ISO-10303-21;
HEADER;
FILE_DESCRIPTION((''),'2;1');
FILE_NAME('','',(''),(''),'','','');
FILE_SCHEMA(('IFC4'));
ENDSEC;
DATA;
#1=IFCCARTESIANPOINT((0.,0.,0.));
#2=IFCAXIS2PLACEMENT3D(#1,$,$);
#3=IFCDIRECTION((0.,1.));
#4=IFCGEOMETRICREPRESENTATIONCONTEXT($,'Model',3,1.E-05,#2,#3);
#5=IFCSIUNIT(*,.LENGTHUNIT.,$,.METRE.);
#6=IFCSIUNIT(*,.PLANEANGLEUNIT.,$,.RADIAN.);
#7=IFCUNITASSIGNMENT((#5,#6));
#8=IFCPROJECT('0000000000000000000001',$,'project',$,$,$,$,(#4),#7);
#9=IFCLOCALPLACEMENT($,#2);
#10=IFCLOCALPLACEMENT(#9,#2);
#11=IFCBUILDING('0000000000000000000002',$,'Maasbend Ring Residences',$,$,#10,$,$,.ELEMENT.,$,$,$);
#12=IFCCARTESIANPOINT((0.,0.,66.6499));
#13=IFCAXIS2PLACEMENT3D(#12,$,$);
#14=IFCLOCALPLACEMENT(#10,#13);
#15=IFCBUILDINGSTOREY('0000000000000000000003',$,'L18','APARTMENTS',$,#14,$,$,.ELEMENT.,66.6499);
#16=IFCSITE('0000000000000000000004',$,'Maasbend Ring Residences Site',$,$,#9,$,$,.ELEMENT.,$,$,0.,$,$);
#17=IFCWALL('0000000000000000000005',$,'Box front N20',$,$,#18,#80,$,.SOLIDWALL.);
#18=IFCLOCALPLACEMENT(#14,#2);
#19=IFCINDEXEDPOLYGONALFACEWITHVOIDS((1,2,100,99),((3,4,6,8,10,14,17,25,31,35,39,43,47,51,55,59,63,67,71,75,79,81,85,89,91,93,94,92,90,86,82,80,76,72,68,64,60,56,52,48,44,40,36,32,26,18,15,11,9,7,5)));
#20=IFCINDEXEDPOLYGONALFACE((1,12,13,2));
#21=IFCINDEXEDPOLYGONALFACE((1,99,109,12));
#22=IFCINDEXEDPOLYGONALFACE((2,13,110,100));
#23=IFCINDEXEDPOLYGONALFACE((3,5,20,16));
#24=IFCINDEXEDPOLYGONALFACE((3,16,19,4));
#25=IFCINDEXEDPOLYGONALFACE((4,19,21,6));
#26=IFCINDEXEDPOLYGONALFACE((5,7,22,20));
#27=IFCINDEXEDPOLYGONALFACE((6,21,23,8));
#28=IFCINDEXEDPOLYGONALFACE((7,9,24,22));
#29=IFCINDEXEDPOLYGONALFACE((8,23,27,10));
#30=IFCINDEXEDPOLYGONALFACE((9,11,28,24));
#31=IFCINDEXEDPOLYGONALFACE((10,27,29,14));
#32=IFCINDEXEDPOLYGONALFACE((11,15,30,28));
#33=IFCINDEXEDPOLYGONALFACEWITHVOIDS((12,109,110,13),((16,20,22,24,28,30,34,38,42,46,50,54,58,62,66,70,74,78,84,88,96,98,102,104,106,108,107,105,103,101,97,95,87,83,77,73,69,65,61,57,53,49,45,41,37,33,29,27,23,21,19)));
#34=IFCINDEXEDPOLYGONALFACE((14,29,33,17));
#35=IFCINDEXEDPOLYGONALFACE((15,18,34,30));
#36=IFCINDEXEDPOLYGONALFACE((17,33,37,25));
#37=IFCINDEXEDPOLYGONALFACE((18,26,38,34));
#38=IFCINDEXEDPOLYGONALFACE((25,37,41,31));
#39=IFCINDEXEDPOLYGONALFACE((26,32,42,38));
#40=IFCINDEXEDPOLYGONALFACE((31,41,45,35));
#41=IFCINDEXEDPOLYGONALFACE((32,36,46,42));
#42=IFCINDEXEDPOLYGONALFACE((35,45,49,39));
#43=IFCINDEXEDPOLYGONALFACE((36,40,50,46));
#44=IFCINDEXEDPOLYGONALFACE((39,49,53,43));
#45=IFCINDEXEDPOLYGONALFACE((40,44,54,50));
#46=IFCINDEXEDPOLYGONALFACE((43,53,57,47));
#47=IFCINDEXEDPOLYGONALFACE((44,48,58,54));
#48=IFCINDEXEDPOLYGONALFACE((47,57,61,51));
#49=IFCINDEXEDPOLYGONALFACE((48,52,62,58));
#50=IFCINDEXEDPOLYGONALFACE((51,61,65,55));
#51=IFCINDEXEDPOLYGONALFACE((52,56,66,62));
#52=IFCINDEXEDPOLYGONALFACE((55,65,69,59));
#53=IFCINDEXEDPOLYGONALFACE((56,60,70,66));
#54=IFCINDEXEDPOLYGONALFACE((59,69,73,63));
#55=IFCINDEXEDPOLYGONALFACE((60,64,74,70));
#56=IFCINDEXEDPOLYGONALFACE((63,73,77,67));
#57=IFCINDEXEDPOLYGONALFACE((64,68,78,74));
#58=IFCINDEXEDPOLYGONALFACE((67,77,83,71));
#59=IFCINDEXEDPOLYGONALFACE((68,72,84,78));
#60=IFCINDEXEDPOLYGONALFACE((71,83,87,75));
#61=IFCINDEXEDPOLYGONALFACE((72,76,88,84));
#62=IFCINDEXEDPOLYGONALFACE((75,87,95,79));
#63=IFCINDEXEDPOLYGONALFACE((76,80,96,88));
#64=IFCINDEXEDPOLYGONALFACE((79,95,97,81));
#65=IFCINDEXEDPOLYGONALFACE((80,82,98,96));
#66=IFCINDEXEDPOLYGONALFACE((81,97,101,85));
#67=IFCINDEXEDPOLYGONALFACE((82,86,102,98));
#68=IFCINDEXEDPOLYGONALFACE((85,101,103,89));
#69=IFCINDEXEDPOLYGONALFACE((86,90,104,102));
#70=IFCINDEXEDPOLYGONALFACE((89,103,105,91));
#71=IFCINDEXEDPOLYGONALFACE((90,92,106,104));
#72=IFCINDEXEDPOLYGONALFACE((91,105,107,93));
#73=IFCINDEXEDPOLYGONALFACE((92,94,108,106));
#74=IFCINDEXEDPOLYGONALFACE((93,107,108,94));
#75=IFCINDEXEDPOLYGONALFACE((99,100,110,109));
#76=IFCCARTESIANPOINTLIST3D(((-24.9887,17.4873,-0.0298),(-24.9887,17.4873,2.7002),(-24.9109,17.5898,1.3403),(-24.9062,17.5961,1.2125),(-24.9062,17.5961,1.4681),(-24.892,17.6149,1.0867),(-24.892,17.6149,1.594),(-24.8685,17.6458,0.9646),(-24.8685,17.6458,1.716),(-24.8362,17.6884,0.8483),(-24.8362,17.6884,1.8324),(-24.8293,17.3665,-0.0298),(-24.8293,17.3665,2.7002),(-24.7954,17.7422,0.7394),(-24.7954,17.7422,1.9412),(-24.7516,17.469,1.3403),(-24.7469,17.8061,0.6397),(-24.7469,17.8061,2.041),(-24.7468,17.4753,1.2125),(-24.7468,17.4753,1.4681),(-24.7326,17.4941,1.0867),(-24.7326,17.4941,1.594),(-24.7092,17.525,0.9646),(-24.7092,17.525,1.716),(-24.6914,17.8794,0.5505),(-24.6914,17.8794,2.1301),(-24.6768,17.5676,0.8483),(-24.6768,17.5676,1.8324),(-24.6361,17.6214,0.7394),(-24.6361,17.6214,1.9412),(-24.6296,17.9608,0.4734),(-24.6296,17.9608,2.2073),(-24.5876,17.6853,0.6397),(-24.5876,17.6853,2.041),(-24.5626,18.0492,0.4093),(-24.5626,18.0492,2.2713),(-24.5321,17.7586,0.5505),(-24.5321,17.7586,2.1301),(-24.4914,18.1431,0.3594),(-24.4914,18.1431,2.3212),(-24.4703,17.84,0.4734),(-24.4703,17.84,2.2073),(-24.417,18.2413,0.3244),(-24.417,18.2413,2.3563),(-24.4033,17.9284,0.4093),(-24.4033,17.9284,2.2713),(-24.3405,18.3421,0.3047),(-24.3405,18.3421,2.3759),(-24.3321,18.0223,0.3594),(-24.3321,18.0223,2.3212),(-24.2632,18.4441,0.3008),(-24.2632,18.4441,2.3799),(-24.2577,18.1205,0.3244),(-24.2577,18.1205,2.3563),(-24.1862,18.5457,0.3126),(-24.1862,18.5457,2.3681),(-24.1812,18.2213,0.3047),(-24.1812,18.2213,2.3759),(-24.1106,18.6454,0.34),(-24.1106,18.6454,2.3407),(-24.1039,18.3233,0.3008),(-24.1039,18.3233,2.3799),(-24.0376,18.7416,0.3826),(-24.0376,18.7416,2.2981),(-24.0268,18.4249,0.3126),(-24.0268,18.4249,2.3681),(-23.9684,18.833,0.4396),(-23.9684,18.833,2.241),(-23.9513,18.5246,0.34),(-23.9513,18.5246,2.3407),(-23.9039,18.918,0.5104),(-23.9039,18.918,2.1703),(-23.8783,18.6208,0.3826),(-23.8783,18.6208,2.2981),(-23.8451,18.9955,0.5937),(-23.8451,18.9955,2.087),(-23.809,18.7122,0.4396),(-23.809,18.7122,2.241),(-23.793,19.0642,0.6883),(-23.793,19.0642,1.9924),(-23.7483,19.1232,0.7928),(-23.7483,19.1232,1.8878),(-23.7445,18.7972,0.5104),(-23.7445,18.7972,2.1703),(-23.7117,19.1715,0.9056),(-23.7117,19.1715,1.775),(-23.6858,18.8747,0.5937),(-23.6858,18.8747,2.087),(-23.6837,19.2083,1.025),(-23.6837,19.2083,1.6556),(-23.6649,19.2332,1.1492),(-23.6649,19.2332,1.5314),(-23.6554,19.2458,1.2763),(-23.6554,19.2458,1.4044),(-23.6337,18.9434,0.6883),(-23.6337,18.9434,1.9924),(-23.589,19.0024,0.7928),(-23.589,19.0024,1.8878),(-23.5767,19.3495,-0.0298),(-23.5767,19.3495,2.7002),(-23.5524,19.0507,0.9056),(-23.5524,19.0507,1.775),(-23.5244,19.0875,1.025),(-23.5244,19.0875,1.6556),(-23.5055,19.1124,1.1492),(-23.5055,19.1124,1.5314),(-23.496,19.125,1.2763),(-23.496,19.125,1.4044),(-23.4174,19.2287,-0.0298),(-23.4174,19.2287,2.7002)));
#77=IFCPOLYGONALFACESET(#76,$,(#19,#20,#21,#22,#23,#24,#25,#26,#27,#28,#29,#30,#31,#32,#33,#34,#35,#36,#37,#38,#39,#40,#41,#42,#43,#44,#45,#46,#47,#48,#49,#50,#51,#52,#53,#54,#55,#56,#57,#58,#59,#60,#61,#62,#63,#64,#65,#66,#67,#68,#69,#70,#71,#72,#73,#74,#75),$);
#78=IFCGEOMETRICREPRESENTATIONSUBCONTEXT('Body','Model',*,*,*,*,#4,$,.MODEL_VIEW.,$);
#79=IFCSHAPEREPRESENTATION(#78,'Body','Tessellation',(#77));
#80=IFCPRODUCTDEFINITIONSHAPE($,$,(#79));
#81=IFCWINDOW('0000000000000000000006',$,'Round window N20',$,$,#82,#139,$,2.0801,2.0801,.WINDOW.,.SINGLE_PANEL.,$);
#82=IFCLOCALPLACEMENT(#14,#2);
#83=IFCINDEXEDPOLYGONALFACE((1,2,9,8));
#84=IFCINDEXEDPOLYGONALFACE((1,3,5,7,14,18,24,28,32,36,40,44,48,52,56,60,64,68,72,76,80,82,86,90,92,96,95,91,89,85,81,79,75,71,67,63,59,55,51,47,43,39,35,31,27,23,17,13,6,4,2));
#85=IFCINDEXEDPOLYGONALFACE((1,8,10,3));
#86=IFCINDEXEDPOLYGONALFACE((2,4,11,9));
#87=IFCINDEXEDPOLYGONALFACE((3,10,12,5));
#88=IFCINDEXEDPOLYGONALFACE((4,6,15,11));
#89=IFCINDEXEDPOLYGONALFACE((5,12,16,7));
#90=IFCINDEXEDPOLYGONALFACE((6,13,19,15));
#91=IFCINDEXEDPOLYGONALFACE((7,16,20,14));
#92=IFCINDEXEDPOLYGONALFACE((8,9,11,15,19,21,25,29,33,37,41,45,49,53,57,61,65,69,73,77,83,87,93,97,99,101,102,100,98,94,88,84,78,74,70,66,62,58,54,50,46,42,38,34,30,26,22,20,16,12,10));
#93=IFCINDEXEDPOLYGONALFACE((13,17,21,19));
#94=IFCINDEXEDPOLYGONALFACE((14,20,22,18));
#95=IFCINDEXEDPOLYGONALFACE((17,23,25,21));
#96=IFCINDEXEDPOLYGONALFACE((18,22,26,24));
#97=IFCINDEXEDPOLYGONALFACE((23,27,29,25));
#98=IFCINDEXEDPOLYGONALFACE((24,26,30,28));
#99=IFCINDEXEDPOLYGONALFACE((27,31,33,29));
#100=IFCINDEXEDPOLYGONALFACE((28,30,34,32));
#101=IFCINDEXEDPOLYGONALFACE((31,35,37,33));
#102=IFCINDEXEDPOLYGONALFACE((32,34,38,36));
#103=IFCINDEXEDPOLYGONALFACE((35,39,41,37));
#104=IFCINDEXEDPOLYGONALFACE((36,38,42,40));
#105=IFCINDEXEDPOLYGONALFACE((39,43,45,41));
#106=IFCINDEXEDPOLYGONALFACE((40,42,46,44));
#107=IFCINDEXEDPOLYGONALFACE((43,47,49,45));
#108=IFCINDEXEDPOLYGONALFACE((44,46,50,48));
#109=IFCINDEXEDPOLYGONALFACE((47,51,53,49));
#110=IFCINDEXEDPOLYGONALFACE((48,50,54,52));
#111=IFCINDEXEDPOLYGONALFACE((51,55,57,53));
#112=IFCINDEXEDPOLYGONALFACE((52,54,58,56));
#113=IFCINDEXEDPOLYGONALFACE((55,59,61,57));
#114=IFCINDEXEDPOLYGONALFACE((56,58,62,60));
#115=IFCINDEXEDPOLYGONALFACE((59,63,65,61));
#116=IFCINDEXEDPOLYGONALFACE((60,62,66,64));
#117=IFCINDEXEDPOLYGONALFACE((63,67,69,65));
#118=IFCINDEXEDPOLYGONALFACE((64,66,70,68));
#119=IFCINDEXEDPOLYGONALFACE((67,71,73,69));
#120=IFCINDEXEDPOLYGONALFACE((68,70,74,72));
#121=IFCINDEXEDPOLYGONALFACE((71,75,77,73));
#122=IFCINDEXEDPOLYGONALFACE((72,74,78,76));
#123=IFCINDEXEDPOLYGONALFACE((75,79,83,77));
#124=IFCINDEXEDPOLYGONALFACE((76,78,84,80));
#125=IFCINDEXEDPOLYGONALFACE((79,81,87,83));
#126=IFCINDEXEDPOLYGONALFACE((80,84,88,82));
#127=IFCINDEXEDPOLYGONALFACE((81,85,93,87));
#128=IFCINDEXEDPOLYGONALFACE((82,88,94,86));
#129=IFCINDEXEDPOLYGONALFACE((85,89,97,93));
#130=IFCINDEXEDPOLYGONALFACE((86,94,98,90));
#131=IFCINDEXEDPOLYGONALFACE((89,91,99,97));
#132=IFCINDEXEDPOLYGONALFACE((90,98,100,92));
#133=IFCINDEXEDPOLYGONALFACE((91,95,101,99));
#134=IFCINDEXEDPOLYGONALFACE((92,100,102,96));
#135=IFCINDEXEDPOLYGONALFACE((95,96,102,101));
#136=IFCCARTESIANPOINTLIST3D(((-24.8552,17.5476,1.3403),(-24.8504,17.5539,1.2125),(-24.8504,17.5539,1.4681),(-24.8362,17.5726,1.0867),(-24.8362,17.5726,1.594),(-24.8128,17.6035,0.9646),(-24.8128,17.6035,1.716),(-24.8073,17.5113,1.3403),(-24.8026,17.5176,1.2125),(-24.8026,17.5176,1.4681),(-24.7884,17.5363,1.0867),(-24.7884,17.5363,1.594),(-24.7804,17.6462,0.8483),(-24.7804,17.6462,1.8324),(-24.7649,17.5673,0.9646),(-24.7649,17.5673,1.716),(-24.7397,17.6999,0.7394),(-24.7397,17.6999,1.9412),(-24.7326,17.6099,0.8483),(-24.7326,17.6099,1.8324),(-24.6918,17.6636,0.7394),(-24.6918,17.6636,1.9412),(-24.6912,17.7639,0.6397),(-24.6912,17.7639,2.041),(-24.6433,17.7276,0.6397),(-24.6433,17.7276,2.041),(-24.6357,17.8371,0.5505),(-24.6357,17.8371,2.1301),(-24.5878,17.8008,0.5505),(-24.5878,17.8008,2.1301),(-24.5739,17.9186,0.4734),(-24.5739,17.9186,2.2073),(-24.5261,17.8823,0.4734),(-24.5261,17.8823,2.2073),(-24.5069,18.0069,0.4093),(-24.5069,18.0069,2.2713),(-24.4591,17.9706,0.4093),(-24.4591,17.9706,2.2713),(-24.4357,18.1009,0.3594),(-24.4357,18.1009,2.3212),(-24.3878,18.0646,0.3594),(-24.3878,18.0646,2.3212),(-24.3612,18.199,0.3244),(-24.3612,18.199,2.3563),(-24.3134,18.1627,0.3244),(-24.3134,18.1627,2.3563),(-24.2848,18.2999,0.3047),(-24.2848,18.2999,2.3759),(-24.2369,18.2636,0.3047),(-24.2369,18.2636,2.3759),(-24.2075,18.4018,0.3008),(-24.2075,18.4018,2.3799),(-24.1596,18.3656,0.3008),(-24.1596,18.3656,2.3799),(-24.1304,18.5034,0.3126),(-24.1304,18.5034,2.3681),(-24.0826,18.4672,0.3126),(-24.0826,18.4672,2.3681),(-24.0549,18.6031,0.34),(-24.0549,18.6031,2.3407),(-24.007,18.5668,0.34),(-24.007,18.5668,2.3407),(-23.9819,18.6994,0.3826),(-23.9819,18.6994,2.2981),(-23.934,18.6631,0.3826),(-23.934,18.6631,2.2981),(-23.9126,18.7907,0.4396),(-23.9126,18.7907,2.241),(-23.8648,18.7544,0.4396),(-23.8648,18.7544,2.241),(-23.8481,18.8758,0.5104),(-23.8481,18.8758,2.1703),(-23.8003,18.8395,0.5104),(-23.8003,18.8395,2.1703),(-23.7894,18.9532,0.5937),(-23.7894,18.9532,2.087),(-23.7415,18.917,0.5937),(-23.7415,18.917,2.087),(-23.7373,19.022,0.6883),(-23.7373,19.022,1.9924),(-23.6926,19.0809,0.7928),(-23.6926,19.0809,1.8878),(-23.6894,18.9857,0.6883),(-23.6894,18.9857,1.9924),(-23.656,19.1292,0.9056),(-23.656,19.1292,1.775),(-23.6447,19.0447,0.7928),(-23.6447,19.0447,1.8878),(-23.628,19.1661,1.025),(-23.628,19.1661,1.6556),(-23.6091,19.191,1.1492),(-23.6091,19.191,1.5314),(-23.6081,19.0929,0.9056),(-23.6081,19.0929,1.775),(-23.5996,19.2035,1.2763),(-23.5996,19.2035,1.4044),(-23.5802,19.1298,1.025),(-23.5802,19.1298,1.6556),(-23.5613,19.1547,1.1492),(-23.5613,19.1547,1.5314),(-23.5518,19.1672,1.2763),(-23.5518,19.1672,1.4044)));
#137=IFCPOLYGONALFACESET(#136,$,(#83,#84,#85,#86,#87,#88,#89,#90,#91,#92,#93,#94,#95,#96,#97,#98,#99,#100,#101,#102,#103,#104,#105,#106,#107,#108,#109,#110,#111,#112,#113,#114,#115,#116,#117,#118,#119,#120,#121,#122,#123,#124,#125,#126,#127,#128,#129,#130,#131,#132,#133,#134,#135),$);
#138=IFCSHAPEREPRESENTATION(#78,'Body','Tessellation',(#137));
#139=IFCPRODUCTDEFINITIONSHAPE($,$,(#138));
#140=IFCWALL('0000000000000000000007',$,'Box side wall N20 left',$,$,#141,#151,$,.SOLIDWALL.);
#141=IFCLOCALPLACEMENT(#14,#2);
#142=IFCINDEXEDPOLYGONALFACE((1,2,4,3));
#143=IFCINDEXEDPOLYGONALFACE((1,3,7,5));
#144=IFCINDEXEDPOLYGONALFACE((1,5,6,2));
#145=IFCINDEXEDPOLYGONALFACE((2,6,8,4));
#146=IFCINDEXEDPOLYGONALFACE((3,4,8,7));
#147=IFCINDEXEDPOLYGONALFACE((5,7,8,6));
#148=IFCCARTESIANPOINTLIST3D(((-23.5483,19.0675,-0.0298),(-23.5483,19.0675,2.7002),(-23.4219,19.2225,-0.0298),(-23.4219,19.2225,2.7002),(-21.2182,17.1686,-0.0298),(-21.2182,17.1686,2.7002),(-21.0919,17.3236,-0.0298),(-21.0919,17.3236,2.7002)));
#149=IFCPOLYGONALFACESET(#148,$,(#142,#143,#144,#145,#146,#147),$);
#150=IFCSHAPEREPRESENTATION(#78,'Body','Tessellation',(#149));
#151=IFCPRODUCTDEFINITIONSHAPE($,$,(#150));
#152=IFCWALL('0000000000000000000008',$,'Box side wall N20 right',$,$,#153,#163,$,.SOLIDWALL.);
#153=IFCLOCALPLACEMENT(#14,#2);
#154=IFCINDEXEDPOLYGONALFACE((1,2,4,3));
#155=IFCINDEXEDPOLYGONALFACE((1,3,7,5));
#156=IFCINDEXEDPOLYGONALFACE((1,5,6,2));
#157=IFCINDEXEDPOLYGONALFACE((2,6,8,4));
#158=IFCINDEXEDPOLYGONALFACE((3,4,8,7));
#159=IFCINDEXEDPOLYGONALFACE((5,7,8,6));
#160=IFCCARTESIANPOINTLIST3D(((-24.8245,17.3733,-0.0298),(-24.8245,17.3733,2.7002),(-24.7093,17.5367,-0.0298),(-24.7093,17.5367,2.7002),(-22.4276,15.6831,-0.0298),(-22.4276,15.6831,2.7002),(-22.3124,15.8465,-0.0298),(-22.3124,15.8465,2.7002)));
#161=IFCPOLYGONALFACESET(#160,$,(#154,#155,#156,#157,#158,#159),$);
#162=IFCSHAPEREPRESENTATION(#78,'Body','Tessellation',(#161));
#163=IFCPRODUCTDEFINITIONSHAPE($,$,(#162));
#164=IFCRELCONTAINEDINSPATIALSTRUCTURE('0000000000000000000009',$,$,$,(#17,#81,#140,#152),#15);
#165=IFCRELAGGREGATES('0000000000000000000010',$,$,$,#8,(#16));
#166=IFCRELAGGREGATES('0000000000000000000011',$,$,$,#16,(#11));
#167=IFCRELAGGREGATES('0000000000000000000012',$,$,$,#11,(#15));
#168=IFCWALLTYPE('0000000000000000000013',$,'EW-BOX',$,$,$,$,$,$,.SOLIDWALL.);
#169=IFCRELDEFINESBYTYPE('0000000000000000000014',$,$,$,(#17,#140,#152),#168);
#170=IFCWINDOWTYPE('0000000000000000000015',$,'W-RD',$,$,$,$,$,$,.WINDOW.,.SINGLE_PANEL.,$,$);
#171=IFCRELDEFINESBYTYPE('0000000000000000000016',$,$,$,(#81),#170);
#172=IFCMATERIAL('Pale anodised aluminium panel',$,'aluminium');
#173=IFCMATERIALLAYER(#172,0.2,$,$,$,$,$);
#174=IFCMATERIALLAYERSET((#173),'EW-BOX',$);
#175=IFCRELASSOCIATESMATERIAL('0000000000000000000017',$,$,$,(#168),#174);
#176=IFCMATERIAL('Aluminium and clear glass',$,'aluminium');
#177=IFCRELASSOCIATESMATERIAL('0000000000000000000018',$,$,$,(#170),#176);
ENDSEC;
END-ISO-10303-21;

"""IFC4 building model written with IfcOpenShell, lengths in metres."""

from ifc_helpers import new_model, si_unit, direction, frame, frame_2d, origin, place, context, subcontext, project, spatial, rectangle, circle, extrude, material, layer, layer_set, type_object, element, fill, save


model = new_model("IFC4")

# Units and contexts
model_context = context("Model", 3, precision=1e-05, world=origin(), true_north=direction((0.0, 1.0)))
body_context = subcontext(model_context, "Body", "Model", "MODEL_VIEW")
ifc_project = project(units=[si_unit("LENGTHUNIT", "METRE"), si_unit("PLANEANGLEUNIT", "RADIAN")], contexts=[model_context])

# Site, building, storey
site_placement = place(None, origin())
site = spatial("IfcSite", under=ifc_project, at=site_placement, Name="Maasbend Ring Residences Site", CompositionType="ELEMENT", RefElevation=0.0)
building_placement = place(site_placement, origin())
building = spatial("IfcBuilding", under=site, at=building_placement, Name="Maasbend Ring Residences", CompositionType="ELEMENT")
storey_placement = place(building_placement, frame((0.0, 0.0, 66.6499)))
storey = spatial("IfcBuildingStorey", under=building, at=storey_placement, Name="L18", Description="APARTMENTS", CompositionType="ELEMENT", Elevation=66.6499)

# Wall, opening, window
ifc_material_1 = material(Name="Pale anodised aluminium panel", Category="aluminium")
ifc_layer_1 = layer(ifc_material_1, 0.2)
ifc_layer_set_1 = layer_set([ifc_layer_1], Name="EW-BOX")
wall_type_1 = type_object("IfcWallType", Name="EW-BOX", PredefinedType="SOLIDWALL", material=ifc_layer_set_1)
wall_1_placement = place(storey_placement, frame((-23.4971, 19.2891, -0.0298), z_axis=(0.0, 0.0, 1.0), x_axis=(-0.604188, -0.796842, 0.0)))
wall_1 = element("IfcWall", 1, at=wall_1_placement, inside=storey, type_object=wall_type_1, Name="Box front N20", PredefinedType="SOLIDWALL", context=body_context, shape_type="SweptSolid", body=[
    extrude(rectangle(XDim=2.3369, YDim=0.2, at=frame_2d((1.1685, 0.0))), origin(), (0.0, 0.0, 1.0), 2.73),
])
opening_1_placement = place(wall_1_placement, frame((0.1282, 0.0, 0.3301)))
opening_1 = element("IfcOpeningElement", 2, at=opening_1_placement, cuts=wall_1, PredefinedType="OPENING", context=body_context, shape_type="SweptSolid", body=[
    extrude(circle(Radius=1.04, at=frame_2d((1.04, 1.04))), frame((0.0, 0.1099, 0.0), z_axis=(0.0, -1.0, 0.0), x_axis=(1.0, 0.0, 0.0)), (0.0, 0.0, 1.0), 0.22),
])
ifc_material_2 = material(Name="Aluminium and clear glass", Category="aluminium")
window_type_1 = type_object("IfcWindowType", Name="W-RD", PartitioningType="SINGLE_PANEL", PredefinedType="WINDOW", material=ifc_material_2)
window_1_placement = place(opening_1_placement, origin())
window_1 = element("IfcWindow", 3, at=window_1_placement, inside=storey, type_object=window_type_1, Name="Round window N20", OverallHeight=2.0801, OverallWidth=2.0801, PartitioningType="SINGLE_PANEL", PredefinedType="WINDOW", context=body_context, shape_type="SweptSolid", body=[
    extrude(circle(Radius=1.04, at=frame_2d((1.04, 1.04))), frame((0.0, 0.03, 0.0), z_axis=(0.0, -1.0, 0.0), x_axis=(1.0, 0.0, 0.0)), (0.0, 0.0, 1.0), 0.0601),
])
fill(opening_1, window_1)

# Walls
wall_2_placement = place(storey_placement, frame((-21.155, 17.2461, -0.0298), z_axis=(0.0, 0.0, 1.0), x_axis=(-0.775179, 0.631742, 0.0)))
element("IfcWall", 4, at=wall_2_placement, inside=storey, type_object=wall_type_1, Name="Box side wall N20 left", PredefinedType="SOLIDWALL", context=body_context, shape_type="SweptSolid", body=[
    extrude(rectangle(XDim=3.0059, YDim=0.2, at=frame_2d((1.5029, 0.0))), origin(), (0.0, 0.0, 1.0), 2.73),
])
wall_3_placement = place(storey_placement, frame((-22.3701, 15.7649, -0.0298), z_axis=(0.0, 0.0, 1.0), x_axis=(-0.817256, 0.576275, 0.0)))
element("IfcWall", 5, at=wall_3_placement, inside=storey, type_object=wall_type_1, Name="Box side wall N20 right", PredefinedType="SOLIDWALL", context=body_context, shape_type="SweptSolid", body=[
    extrude(rectangle(XDim=2.9329, YDim=0.2, at=frame_2d((1.4663, 0.0))), origin(), (0.0, 0.0, 1.0), 2.73),
])

save(model, "model.ifc")
